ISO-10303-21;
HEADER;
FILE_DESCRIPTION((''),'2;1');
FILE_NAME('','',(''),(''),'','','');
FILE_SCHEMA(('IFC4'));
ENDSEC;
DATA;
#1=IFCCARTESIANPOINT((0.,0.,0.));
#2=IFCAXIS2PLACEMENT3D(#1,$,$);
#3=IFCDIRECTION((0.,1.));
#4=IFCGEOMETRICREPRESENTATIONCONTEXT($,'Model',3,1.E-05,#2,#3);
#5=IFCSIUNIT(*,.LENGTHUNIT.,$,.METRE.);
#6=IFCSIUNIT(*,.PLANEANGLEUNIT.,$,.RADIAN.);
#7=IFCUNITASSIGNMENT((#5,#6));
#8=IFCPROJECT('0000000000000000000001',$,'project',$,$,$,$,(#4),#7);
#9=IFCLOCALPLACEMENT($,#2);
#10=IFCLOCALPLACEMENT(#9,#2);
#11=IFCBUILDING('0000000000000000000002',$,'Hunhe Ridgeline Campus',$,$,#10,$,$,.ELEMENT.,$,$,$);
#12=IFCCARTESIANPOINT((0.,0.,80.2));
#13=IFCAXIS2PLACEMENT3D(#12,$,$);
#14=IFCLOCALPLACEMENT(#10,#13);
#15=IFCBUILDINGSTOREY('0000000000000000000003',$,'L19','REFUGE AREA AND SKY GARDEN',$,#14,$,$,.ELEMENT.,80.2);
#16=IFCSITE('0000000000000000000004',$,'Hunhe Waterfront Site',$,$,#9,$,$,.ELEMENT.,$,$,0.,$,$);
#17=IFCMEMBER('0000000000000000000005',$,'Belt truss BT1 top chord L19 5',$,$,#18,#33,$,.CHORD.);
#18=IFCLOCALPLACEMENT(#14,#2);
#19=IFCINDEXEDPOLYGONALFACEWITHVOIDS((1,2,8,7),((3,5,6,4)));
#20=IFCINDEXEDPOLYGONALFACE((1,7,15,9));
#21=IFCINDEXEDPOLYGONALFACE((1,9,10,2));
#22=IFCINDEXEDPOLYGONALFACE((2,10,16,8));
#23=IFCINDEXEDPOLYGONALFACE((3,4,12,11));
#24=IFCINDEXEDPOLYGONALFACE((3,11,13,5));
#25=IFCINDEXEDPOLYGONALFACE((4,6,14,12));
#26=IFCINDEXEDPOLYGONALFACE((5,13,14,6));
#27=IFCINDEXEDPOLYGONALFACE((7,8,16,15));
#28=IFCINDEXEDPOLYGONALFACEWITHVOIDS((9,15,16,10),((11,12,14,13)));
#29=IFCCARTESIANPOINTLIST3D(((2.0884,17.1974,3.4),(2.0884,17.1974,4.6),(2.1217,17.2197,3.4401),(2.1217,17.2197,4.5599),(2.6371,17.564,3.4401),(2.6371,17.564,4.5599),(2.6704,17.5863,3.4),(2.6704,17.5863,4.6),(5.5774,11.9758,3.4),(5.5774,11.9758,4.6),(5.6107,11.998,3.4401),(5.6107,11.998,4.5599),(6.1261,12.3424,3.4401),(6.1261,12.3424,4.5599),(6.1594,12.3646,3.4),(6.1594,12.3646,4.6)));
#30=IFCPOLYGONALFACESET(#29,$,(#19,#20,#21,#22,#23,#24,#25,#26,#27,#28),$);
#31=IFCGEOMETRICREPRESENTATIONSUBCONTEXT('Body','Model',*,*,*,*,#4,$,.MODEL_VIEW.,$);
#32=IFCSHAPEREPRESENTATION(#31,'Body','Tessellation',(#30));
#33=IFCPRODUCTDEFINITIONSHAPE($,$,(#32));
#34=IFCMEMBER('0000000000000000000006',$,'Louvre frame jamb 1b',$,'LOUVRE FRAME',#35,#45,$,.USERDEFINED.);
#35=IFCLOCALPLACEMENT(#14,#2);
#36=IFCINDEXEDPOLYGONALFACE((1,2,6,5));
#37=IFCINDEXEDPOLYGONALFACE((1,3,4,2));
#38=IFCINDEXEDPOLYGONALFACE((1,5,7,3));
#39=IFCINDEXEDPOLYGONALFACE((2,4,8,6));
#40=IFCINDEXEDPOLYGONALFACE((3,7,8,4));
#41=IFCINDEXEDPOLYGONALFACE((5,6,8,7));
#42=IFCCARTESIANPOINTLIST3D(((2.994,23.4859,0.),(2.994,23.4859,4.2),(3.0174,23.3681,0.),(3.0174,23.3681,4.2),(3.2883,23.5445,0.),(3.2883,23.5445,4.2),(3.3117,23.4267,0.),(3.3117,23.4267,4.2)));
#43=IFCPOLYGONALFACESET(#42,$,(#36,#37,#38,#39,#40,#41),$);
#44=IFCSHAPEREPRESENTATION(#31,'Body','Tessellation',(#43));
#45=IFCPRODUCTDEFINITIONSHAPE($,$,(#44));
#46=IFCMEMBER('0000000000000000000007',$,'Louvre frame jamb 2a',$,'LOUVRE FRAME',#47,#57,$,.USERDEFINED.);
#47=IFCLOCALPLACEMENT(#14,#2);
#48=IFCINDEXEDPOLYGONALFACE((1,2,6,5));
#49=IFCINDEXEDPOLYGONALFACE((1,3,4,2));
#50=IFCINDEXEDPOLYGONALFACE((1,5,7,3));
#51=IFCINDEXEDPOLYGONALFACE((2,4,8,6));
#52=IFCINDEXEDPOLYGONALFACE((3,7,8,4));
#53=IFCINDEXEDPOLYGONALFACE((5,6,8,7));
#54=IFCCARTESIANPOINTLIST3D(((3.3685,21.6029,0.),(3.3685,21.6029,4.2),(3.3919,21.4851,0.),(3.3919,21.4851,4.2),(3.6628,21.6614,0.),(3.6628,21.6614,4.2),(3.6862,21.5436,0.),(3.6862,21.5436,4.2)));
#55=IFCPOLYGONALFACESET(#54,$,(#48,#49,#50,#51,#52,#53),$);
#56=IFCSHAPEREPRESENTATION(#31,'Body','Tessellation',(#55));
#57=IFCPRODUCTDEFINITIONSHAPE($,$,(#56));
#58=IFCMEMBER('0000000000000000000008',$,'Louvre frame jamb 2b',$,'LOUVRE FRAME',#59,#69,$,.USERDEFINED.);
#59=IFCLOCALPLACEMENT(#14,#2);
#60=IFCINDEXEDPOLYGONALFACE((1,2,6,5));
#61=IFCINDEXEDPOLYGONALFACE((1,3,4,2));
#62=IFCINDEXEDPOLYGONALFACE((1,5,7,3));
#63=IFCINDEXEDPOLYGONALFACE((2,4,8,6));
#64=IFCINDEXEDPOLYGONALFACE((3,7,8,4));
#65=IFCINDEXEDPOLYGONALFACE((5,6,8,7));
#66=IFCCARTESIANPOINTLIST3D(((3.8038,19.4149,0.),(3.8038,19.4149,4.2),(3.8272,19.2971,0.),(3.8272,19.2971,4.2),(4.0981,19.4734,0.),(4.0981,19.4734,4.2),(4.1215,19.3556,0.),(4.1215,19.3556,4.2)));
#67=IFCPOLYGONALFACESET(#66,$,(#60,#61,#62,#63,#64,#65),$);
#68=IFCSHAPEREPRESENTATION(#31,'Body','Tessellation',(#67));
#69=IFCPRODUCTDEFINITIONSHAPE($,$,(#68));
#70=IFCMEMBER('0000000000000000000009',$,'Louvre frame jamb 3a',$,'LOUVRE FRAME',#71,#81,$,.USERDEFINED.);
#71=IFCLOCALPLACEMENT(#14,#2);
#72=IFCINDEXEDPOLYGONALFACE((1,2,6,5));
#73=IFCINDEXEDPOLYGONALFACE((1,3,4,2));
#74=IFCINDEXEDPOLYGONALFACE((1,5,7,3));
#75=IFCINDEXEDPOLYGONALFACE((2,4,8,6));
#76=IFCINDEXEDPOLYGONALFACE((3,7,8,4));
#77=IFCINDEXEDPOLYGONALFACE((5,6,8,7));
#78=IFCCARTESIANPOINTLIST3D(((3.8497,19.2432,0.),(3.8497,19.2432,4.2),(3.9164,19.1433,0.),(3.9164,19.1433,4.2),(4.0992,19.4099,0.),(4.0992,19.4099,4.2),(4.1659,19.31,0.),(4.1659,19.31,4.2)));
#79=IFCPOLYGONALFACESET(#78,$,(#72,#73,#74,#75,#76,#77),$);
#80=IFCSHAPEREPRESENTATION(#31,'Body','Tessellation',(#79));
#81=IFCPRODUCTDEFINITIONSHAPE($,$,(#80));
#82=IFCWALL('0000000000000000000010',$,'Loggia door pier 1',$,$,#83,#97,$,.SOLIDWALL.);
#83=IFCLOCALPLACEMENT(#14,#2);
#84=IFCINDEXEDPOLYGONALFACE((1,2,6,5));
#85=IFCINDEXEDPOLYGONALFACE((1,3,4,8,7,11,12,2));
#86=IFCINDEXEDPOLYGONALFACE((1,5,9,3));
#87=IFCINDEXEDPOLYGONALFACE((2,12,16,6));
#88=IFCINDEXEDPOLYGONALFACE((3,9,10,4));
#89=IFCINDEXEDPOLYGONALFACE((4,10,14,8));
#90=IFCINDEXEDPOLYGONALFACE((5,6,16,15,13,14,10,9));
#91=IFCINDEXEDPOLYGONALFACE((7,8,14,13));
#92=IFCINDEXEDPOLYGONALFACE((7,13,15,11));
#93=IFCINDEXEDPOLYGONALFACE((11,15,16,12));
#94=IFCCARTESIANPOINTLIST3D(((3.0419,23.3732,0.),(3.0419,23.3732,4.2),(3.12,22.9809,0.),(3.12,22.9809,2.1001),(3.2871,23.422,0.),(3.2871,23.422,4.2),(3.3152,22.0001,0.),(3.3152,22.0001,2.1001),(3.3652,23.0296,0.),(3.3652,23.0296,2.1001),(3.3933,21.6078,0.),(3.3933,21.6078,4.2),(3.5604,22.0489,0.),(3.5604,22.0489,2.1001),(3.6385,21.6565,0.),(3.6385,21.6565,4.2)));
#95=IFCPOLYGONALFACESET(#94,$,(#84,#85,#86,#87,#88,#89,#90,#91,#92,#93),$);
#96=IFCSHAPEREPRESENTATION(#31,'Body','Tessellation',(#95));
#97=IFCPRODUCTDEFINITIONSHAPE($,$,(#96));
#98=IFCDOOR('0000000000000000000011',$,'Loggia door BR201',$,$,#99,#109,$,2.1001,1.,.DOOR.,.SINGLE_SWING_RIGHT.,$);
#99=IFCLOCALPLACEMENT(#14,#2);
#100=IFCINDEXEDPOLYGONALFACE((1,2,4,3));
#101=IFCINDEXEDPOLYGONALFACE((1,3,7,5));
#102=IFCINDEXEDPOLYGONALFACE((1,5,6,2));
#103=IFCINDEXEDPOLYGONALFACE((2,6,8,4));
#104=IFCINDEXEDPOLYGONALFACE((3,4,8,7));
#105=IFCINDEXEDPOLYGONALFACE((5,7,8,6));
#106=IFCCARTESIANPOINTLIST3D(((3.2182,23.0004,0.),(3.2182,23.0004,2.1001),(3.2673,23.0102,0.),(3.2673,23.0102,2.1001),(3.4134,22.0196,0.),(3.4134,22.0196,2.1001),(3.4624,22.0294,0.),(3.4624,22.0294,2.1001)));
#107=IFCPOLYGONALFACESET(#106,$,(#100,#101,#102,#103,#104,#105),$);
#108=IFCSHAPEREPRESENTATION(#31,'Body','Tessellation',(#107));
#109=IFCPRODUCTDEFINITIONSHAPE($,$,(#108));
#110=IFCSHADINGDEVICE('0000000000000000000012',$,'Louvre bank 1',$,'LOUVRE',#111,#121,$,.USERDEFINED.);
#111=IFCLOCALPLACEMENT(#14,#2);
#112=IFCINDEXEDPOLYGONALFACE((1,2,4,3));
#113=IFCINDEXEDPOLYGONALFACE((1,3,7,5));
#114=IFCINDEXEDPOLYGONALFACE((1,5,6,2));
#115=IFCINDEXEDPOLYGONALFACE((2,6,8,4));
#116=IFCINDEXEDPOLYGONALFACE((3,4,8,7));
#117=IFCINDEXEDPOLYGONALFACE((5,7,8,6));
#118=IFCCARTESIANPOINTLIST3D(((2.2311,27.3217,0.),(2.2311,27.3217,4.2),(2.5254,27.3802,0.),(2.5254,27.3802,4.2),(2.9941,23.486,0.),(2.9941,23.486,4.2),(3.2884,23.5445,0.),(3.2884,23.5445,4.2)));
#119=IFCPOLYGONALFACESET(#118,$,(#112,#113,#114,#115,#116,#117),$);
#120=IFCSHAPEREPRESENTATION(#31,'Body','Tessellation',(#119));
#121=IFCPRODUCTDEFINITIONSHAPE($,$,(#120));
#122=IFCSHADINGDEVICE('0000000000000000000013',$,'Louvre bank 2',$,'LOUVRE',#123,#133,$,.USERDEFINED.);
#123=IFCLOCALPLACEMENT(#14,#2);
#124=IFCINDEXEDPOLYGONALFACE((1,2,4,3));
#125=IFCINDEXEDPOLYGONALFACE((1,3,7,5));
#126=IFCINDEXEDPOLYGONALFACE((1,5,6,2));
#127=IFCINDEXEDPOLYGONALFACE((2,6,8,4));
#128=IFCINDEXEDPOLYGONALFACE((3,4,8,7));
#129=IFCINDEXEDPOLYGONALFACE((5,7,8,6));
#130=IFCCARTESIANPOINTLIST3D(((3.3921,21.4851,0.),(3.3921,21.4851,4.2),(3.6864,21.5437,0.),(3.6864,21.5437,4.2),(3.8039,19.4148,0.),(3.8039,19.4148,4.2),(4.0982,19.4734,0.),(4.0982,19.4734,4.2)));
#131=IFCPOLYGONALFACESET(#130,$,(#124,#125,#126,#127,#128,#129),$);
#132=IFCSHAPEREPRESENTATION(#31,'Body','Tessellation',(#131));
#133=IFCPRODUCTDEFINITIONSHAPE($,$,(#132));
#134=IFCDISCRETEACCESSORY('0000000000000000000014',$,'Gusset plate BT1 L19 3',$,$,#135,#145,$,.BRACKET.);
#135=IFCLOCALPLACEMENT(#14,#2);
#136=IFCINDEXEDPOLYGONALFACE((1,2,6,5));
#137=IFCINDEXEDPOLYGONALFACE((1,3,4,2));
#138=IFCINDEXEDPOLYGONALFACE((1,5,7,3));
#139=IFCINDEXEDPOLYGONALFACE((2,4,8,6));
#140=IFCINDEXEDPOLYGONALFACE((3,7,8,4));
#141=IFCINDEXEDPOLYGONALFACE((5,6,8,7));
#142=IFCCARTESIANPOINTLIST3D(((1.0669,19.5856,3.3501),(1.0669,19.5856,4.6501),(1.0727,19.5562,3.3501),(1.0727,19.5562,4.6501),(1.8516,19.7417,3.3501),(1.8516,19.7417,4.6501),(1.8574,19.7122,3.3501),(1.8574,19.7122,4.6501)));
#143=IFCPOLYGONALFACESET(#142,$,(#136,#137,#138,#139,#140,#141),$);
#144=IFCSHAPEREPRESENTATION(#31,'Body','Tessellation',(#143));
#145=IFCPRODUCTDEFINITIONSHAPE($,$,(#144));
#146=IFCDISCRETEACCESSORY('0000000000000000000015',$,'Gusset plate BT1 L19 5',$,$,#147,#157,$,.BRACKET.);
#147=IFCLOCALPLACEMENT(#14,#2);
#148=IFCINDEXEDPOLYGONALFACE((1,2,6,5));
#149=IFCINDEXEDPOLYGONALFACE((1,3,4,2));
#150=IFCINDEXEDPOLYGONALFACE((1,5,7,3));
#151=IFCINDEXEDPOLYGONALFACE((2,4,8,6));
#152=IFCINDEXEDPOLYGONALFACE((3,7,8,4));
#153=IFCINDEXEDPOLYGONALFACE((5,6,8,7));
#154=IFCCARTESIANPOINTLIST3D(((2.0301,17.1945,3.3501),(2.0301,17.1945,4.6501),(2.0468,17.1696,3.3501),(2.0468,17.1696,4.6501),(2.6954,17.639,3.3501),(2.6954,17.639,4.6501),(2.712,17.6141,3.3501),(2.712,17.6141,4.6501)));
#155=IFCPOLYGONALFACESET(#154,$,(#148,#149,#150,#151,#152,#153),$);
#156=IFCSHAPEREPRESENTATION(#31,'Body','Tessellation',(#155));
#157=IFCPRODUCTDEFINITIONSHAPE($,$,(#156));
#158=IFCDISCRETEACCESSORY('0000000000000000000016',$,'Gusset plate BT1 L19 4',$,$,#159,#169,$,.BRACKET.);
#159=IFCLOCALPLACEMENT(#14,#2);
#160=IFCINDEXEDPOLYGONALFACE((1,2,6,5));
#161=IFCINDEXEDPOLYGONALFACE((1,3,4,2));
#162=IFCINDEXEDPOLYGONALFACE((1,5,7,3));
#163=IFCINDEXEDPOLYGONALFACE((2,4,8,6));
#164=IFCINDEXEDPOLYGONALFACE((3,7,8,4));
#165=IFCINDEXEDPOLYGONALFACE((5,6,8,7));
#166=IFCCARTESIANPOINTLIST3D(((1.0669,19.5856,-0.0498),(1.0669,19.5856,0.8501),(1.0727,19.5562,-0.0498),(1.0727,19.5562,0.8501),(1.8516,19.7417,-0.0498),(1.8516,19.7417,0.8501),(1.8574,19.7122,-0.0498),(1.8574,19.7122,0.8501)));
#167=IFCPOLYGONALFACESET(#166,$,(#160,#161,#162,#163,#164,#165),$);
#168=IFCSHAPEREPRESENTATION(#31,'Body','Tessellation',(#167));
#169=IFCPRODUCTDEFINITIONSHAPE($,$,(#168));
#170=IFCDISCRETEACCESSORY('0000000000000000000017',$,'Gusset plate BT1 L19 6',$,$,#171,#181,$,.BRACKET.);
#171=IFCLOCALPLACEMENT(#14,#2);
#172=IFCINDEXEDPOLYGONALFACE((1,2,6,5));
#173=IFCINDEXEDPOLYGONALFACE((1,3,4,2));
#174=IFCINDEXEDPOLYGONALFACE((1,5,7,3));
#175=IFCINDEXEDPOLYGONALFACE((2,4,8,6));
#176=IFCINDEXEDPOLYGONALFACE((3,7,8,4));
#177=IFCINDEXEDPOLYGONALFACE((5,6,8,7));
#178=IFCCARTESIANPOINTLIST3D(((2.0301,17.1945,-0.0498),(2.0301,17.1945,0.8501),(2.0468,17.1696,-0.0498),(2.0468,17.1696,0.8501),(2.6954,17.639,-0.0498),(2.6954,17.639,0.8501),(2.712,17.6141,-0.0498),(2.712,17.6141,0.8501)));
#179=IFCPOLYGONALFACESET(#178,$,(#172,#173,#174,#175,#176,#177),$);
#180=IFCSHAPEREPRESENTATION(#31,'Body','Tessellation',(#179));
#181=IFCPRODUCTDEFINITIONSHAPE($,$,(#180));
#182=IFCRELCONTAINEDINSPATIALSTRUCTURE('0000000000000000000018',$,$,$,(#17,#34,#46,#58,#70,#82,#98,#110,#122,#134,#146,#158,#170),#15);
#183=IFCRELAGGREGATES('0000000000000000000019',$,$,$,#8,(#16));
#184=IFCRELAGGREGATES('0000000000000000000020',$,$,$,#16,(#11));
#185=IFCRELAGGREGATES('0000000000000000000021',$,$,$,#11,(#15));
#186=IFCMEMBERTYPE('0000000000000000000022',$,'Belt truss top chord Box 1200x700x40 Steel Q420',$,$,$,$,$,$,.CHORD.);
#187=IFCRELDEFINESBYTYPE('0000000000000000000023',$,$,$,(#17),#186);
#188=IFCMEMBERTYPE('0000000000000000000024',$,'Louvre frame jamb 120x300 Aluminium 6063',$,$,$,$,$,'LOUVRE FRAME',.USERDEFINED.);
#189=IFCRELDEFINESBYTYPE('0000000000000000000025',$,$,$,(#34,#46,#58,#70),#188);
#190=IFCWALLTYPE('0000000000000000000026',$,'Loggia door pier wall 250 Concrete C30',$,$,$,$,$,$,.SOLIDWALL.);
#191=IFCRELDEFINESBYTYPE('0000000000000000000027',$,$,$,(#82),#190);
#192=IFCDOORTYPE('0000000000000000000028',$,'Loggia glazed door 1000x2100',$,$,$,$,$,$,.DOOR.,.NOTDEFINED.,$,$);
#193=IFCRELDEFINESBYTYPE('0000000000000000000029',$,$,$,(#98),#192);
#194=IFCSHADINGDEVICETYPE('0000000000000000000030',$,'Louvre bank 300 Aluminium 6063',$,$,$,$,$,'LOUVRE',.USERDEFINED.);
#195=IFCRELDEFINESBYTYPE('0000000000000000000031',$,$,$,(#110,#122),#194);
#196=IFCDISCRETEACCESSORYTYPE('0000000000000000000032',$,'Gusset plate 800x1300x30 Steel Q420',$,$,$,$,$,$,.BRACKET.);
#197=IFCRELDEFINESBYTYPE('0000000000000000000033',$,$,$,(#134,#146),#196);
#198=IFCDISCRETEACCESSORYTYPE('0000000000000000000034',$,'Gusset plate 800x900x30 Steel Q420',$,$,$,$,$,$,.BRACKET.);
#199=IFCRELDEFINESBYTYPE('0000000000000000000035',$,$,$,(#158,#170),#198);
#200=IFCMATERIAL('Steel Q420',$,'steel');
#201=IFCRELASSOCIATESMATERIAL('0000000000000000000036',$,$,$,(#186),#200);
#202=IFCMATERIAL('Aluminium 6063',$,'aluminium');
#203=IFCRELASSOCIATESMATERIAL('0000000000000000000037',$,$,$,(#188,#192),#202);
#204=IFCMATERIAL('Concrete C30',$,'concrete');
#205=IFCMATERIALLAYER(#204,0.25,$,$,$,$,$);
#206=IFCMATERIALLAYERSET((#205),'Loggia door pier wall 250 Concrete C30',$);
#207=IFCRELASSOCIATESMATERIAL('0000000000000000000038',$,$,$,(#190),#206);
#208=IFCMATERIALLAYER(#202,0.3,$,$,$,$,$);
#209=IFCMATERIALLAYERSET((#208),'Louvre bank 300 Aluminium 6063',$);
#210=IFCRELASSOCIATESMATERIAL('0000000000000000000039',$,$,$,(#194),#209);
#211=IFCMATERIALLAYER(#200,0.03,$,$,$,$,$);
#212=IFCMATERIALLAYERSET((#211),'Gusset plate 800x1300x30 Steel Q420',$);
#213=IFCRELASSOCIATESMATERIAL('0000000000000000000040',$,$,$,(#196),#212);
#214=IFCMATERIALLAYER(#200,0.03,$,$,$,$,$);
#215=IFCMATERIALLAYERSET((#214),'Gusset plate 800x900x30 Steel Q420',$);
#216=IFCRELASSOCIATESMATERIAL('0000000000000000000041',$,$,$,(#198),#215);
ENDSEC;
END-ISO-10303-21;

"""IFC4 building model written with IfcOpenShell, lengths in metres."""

from ifc_helpers import new_model, si_unit, direction, frame, frame_2d, origin, origin_2d, place, context, subcontext, project, spatial, rectangle, hollow_rectangle, extrude, material, layer, layer_set, material_profile, profile_set, type_object, element, fill, save


model = new_model("IFC4")

# Units and contexts
model_context = context("Model", 3, precision=1e-05, world=origin(), true_north=direction((0.0, 1.0)))
body_context = subcontext(model_context, "Body", "Model", "MODEL_VIEW")
ifc_project = project(units=[si_unit("LENGTHUNIT", "METRE"), si_unit("PLANEANGLEUNIT", "RADIAN")], contexts=[model_context])

# Site, building, storey
site_placement = place(None, origin())
site = spatial("IfcSite", under=ifc_project, at=site_placement, Name="Hunhe Waterfront Site", CompositionType="ELEMENT", RefElevation=0.0)
building_placement = place(site_placement, origin())
building = spatial("IfcBuilding", under=site, at=building_placement, Name="Hunhe Ridgeline Campus", CompositionType="ELEMENT")
storey_placement = place(building_placement, frame((0.0, 0.0, 80.2)))
storey = spatial("IfcBuildingStorey", under=building, at=storey_placement, Name="L19", Description="REFUGE AREA AND SKY GARDEN", CompositionType="ELEMENT", Elevation=80.2)

# Members
ifc_material_1 = material(Name="Steel Q420", Category="steel")
ifc_material_profile_1 = material_profile(ifc_material_1, hollow_rectangle(XDim=0.7, YDim=1.2, WallThickness=0.04, at=origin_2d()))
ifc_profile_set_1 = profile_set([ifc_material_profile_1], Name="Steel Q420")
member_type_1 = type_object("IfcMemberType", Name="Belt truss top chord Box 1200x700x40 Steel Q420", PredefinedType="CHORD", material=ifc_profile_set_1)
for number, where, z_axis, x_axis, name in (
    (1, (2.3794, 17.3918, 4.0), (0.55557, -0.83147, 0.0), (0.83147, 0.55557, 0.0), "Belt truss BT1 top chord L19 5"),
):
    element("IfcMember", number, at=place(storey_placement, frame(where, z_axis=z_axis, x_axis=x_axis)), inside=storey, type_object=member_type_1, Name=name, PredefinedType="CHORD", context=body_context, shape_type="SweptSolid", body=[
        extrude(hollow_rectangle(XDim=0.7, YDim=1.2, WallThickness=0.04, at=origin_2d()), origin(), (0.0, 0.0, 1.0), 6.28),
    ])
ifc_material_2 = material(Name="Aluminium 6063", Category="aluminium")
ifc_material_profile_2 = material_profile(ifc_material_2, rectangle(XDim=0.3, YDim=0.1201, at=origin_2d()))
ifc_profile_set_2 = profile_set([ifc_material_profile_2], Name="Aluminium 6063")
member_type_2 = type_object("IfcMemberType", Name="Louvre frame jamb 120x300 Aluminium 6063", ElementType="LOUVRE FRAME", PredefinedType="USERDEFINED", material=ifc_profile_set_2)
for number, where, z_axis, x_axis, name in (
    (2, (3.1528, 23.4563, 0.0), (0.0, 0.0, 1.0), (0.980784, 0.195095, 0.0), "Louvre frame jamb 1b"),
    (3, (3.5273, 21.5732, 0.0), (0.0, 0.0, 1.0), (0.980784, 0.195095, 0.0), "Louvre frame jamb 2a"),
    (4, (3.9626, 19.3853, 0.0), (0.0, 0.0, 1.0), (0.980784, 0.195095, 0.0), "Louvre frame jamb 2b"),
    (5, (4.0078, 19.2766, 0.0), (0.0, 0.0, 1.0), (0.83147, 0.55557, 0.0), "Louvre frame jamb 3a"),
):
    element("IfcMember", number, at=place(storey_placement, frame(where, z_axis=z_axis, x_axis=x_axis)), inside=storey, type_object=member_type_2, Name=name, ObjectType="LOUVRE FRAME", PredefinedType="USERDEFINED", context=body_context, shape_type="SweptSolid", body=[
        extrude(rectangle(XDim=0.3, YDim=0.1201, at=origin_2d()), origin(), (0.0, 0.0, 1.0), 4.2),
    ])

# Wall, opening, door
ifc_material_3 = material(Name="Concrete C30", Category="concrete")
ifc_layer_1 = layer(ifc_material_3, 0.25)
ifc_layer_set_1 = layer_set([ifc_layer_1], Name="Loggia door pier wall 250 Concrete C30")
wall_type = type_object("IfcWallType", Name="Loggia door pier wall 250 Concrete C30", PredefinedType="SOLIDWALL", material=ifc_layer_set_1)
wall_placement = place(storey_placement, frame((3.1646, 23.3975, 0.0), z_axis=(0.0, 0.0, 1.0), x_axis=(0.195177, -0.980768, 0.0)))
wall = element("IfcWall", 6, at=wall_placement, inside=storey, type_object=wall_type, Name="Loggia door pier 1", PredefinedType="SOLIDWALL", context=body_context, shape_type="SweptSolid", body=[
    extrude(rectangle(XDim=1.8, YDim=0.25, at=frame_2d((0.8999, 0.0))), origin(), (0.0, 0.0, 1.0), 4.2),
])
opening_placement = place(wall_placement, frame((0.3999, 0.0, 0.0)))
opening = element("IfcOpeningElement", 7, at=opening_placement, cuts=wall, PredefinedType="OPENING", context=body_context, shape_type="SweptSolid", body=[
    extrude(rectangle(XDim=1.0, YDim=2.1001, at=frame_2d((0.5, 1.05))), frame((0.0, 0.125, 0.0), z_axis=(0.0, -1.0, 0.0), x_axis=(1.0, 0.0, 0.0)), (0.0, 0.0, 1.0), 0.25),
])
door_type = type_object("IfcDoorType", Name="Loggia glazed door 1000x2100", OperationType="NOTDEFINED", PredefinedType="DOOR", material=ifc_material_2)
door_placement = place(opening_placement, frame((1.0, 0.0, 0.0), z_axis=(0.0, 0.0, 1.0), x_axis=(-1.0, 0.0, 0.0)))
door = element("IfcDoor", 8, at=door_placement, inside=storey, type_object=door_type, Name="Loggia door BR201", OperationType="SINGLE_SWING_RIGHT", OverallHeight=2.1001, OverallWidth=1.0, PredefinedType="DOOR", context=body_context, shape_type="SweptSolid", body=[
    extrude(rectangle(XDim=1.0, YDim=2.1001, at=frame_2d((0.5, 1.05))), frame((0.0, 0.0249, 0.0), z_axis=(0.0, -1.0, 0.0), x_axis=(1.0, 0.0, 0.0)), (0.0, 0.0, 1.0), 0.05),
])
fill(opening, door)

# Shading devices
ifc_layer_2 = layer(ifc_material_2, 0.3)
ifc_layer_set_2 = layer_set([ifc_layer_2], Name="Louvre bank 300 Aluminium 6063")
shading_device_type = type_object("IfcShadingDeviceType", Name="Louvre bank 300 Aluminium 6063", ElementType="LOUVRE", PredefinedType="USERDEFINED", material=ifc_layer_set_2)
shading_device_1_placement = place(storey_placement, frame((2.7598, 25.4331, 0.0), z_axis=(0.0, 0.0, 1.0), x_axis=(0.195095, -0.980784, 0.0)))
element("IfcShadingDevice", 9, at=shading_device_1_placement, inside=storey, type_object=shading_device_type, Name="Louvre bank 1", ObjectType="LOUVRE", PredefinedType="USERDEFINED", context=body_context, shape_type="SweptSolid", body=[
    extrude(rectangle(XDim=3.9109, YDim=0.3, at=origin_2d()), origin(), (0.0, 0.0, 1.0), 4.2),
])
shading_device_2_placement = place(storey_placement, frame((3.7451, 20.4792, 0.0), z_axis=(0.0, 0.0, 1.0), x_axis=(0.195095, -0.980784, 0.0)))
element("IfcShadingDevice", 10, at=shading_device_2_placement, inside=storey, type_object=shading_device_type, Name="Louvre bank 2", ObjectType="LOUVRE", PredefinedType="USERDEFINED", context=body_context, shape_type="SweptSolid", body=[
    extrude(rectangle(XDim=2.1108, YDim=0.3, at=origin_2d()), origin(), (0.0, 0.0, 1.0), 4.2),
])

# Discrete accessories
ifc_layer_3 = layer(ifc_material_1, 0.03)
ifc_layer_set_3 = layer_set([ifc_layer_3], Name="Gusset plate 800x1300x30 Steel Q420")
discrete_accessory_type_1 = type_object("IfcDiscreteAccessoryType", Name="Gusset plate 800x1300x30 Steel Q420", PredefinedType="BRACKET", material=ifc_layer_set_3)
for number, where, z_axis, x_axis, name in (
    (11, (1.4622, 19.6489, 3.3501), (0.0, 0.0, 1.0), (0.19509, -0.980785, 0.0), "Gusset plate BT1 L19 3"),
    (12, (2.3711, 17.4043, 3.3501), (0.0, 0.0, 1.0), (-0.55557, 0.83147, 0.0), "Gusset plate BT1 L19 5"),
):
    element("IfcDiscreteAccessory", number, at=place(storey_placement, frame(where, z_axis=z_axis, x_axis=x_axis)), inside=storey, type_object=discrete_accessory_type_1, Name=name, PredefinedType="BRACKET", context=body_context, shape_type="SweptSolid", body=[
        extrude(rectangle(XDim=0.03, YDim=0.8, at=origin_2d()), origin(), (0.0, 0.0, 1.0), 1.3),
    ])
ifc_layer_4 = layer(ifc_material_1, 0.03)
ifc_layer_set_4 = layer_set([ifc_layer_4], Name="Gusset plate 800x900x30 Steel Q420")
discrete_accessory_type_2 = type_object("IfcDiscreteAccessoryType", Name="Gusset plate 800x900x30 Steel Q420", PredefinedType="BRACKET", material=ifc_layer_set_4)
for number, where, z_axis, x_axis, name in (
    (13, (1.4622, 19.6489, -0.0498), (0.0, 0.0, 1.0), (0.19509, -0.980785, 0.0), "Gusset plate BT1 L19 4"),
    (14, (2.3711, 17.4043, -0.0498), (0.0, 0.0, 1.0), (-0.55557, 0.83147, 0.0), "Gusset plate BT1 L19 6"),
):
    element("IfcDiscreteAccessory", number, at=place(storey_placement, frame(where, z_axis=z_axis, x_axis=x_axis)), inside=storey, type_object=discrete_accessory_type_2, Name=name, PredefinedType="BRACKET", context=body_context, shape_type="SweptSolid", body=[
        extrude(rectangle(XDim=0.03, YDim=0.8, at=origin_2d()), origin(), (0.0, 0.0, 1.0), 0.8999),
    ])

save(model, "model.ifc")
